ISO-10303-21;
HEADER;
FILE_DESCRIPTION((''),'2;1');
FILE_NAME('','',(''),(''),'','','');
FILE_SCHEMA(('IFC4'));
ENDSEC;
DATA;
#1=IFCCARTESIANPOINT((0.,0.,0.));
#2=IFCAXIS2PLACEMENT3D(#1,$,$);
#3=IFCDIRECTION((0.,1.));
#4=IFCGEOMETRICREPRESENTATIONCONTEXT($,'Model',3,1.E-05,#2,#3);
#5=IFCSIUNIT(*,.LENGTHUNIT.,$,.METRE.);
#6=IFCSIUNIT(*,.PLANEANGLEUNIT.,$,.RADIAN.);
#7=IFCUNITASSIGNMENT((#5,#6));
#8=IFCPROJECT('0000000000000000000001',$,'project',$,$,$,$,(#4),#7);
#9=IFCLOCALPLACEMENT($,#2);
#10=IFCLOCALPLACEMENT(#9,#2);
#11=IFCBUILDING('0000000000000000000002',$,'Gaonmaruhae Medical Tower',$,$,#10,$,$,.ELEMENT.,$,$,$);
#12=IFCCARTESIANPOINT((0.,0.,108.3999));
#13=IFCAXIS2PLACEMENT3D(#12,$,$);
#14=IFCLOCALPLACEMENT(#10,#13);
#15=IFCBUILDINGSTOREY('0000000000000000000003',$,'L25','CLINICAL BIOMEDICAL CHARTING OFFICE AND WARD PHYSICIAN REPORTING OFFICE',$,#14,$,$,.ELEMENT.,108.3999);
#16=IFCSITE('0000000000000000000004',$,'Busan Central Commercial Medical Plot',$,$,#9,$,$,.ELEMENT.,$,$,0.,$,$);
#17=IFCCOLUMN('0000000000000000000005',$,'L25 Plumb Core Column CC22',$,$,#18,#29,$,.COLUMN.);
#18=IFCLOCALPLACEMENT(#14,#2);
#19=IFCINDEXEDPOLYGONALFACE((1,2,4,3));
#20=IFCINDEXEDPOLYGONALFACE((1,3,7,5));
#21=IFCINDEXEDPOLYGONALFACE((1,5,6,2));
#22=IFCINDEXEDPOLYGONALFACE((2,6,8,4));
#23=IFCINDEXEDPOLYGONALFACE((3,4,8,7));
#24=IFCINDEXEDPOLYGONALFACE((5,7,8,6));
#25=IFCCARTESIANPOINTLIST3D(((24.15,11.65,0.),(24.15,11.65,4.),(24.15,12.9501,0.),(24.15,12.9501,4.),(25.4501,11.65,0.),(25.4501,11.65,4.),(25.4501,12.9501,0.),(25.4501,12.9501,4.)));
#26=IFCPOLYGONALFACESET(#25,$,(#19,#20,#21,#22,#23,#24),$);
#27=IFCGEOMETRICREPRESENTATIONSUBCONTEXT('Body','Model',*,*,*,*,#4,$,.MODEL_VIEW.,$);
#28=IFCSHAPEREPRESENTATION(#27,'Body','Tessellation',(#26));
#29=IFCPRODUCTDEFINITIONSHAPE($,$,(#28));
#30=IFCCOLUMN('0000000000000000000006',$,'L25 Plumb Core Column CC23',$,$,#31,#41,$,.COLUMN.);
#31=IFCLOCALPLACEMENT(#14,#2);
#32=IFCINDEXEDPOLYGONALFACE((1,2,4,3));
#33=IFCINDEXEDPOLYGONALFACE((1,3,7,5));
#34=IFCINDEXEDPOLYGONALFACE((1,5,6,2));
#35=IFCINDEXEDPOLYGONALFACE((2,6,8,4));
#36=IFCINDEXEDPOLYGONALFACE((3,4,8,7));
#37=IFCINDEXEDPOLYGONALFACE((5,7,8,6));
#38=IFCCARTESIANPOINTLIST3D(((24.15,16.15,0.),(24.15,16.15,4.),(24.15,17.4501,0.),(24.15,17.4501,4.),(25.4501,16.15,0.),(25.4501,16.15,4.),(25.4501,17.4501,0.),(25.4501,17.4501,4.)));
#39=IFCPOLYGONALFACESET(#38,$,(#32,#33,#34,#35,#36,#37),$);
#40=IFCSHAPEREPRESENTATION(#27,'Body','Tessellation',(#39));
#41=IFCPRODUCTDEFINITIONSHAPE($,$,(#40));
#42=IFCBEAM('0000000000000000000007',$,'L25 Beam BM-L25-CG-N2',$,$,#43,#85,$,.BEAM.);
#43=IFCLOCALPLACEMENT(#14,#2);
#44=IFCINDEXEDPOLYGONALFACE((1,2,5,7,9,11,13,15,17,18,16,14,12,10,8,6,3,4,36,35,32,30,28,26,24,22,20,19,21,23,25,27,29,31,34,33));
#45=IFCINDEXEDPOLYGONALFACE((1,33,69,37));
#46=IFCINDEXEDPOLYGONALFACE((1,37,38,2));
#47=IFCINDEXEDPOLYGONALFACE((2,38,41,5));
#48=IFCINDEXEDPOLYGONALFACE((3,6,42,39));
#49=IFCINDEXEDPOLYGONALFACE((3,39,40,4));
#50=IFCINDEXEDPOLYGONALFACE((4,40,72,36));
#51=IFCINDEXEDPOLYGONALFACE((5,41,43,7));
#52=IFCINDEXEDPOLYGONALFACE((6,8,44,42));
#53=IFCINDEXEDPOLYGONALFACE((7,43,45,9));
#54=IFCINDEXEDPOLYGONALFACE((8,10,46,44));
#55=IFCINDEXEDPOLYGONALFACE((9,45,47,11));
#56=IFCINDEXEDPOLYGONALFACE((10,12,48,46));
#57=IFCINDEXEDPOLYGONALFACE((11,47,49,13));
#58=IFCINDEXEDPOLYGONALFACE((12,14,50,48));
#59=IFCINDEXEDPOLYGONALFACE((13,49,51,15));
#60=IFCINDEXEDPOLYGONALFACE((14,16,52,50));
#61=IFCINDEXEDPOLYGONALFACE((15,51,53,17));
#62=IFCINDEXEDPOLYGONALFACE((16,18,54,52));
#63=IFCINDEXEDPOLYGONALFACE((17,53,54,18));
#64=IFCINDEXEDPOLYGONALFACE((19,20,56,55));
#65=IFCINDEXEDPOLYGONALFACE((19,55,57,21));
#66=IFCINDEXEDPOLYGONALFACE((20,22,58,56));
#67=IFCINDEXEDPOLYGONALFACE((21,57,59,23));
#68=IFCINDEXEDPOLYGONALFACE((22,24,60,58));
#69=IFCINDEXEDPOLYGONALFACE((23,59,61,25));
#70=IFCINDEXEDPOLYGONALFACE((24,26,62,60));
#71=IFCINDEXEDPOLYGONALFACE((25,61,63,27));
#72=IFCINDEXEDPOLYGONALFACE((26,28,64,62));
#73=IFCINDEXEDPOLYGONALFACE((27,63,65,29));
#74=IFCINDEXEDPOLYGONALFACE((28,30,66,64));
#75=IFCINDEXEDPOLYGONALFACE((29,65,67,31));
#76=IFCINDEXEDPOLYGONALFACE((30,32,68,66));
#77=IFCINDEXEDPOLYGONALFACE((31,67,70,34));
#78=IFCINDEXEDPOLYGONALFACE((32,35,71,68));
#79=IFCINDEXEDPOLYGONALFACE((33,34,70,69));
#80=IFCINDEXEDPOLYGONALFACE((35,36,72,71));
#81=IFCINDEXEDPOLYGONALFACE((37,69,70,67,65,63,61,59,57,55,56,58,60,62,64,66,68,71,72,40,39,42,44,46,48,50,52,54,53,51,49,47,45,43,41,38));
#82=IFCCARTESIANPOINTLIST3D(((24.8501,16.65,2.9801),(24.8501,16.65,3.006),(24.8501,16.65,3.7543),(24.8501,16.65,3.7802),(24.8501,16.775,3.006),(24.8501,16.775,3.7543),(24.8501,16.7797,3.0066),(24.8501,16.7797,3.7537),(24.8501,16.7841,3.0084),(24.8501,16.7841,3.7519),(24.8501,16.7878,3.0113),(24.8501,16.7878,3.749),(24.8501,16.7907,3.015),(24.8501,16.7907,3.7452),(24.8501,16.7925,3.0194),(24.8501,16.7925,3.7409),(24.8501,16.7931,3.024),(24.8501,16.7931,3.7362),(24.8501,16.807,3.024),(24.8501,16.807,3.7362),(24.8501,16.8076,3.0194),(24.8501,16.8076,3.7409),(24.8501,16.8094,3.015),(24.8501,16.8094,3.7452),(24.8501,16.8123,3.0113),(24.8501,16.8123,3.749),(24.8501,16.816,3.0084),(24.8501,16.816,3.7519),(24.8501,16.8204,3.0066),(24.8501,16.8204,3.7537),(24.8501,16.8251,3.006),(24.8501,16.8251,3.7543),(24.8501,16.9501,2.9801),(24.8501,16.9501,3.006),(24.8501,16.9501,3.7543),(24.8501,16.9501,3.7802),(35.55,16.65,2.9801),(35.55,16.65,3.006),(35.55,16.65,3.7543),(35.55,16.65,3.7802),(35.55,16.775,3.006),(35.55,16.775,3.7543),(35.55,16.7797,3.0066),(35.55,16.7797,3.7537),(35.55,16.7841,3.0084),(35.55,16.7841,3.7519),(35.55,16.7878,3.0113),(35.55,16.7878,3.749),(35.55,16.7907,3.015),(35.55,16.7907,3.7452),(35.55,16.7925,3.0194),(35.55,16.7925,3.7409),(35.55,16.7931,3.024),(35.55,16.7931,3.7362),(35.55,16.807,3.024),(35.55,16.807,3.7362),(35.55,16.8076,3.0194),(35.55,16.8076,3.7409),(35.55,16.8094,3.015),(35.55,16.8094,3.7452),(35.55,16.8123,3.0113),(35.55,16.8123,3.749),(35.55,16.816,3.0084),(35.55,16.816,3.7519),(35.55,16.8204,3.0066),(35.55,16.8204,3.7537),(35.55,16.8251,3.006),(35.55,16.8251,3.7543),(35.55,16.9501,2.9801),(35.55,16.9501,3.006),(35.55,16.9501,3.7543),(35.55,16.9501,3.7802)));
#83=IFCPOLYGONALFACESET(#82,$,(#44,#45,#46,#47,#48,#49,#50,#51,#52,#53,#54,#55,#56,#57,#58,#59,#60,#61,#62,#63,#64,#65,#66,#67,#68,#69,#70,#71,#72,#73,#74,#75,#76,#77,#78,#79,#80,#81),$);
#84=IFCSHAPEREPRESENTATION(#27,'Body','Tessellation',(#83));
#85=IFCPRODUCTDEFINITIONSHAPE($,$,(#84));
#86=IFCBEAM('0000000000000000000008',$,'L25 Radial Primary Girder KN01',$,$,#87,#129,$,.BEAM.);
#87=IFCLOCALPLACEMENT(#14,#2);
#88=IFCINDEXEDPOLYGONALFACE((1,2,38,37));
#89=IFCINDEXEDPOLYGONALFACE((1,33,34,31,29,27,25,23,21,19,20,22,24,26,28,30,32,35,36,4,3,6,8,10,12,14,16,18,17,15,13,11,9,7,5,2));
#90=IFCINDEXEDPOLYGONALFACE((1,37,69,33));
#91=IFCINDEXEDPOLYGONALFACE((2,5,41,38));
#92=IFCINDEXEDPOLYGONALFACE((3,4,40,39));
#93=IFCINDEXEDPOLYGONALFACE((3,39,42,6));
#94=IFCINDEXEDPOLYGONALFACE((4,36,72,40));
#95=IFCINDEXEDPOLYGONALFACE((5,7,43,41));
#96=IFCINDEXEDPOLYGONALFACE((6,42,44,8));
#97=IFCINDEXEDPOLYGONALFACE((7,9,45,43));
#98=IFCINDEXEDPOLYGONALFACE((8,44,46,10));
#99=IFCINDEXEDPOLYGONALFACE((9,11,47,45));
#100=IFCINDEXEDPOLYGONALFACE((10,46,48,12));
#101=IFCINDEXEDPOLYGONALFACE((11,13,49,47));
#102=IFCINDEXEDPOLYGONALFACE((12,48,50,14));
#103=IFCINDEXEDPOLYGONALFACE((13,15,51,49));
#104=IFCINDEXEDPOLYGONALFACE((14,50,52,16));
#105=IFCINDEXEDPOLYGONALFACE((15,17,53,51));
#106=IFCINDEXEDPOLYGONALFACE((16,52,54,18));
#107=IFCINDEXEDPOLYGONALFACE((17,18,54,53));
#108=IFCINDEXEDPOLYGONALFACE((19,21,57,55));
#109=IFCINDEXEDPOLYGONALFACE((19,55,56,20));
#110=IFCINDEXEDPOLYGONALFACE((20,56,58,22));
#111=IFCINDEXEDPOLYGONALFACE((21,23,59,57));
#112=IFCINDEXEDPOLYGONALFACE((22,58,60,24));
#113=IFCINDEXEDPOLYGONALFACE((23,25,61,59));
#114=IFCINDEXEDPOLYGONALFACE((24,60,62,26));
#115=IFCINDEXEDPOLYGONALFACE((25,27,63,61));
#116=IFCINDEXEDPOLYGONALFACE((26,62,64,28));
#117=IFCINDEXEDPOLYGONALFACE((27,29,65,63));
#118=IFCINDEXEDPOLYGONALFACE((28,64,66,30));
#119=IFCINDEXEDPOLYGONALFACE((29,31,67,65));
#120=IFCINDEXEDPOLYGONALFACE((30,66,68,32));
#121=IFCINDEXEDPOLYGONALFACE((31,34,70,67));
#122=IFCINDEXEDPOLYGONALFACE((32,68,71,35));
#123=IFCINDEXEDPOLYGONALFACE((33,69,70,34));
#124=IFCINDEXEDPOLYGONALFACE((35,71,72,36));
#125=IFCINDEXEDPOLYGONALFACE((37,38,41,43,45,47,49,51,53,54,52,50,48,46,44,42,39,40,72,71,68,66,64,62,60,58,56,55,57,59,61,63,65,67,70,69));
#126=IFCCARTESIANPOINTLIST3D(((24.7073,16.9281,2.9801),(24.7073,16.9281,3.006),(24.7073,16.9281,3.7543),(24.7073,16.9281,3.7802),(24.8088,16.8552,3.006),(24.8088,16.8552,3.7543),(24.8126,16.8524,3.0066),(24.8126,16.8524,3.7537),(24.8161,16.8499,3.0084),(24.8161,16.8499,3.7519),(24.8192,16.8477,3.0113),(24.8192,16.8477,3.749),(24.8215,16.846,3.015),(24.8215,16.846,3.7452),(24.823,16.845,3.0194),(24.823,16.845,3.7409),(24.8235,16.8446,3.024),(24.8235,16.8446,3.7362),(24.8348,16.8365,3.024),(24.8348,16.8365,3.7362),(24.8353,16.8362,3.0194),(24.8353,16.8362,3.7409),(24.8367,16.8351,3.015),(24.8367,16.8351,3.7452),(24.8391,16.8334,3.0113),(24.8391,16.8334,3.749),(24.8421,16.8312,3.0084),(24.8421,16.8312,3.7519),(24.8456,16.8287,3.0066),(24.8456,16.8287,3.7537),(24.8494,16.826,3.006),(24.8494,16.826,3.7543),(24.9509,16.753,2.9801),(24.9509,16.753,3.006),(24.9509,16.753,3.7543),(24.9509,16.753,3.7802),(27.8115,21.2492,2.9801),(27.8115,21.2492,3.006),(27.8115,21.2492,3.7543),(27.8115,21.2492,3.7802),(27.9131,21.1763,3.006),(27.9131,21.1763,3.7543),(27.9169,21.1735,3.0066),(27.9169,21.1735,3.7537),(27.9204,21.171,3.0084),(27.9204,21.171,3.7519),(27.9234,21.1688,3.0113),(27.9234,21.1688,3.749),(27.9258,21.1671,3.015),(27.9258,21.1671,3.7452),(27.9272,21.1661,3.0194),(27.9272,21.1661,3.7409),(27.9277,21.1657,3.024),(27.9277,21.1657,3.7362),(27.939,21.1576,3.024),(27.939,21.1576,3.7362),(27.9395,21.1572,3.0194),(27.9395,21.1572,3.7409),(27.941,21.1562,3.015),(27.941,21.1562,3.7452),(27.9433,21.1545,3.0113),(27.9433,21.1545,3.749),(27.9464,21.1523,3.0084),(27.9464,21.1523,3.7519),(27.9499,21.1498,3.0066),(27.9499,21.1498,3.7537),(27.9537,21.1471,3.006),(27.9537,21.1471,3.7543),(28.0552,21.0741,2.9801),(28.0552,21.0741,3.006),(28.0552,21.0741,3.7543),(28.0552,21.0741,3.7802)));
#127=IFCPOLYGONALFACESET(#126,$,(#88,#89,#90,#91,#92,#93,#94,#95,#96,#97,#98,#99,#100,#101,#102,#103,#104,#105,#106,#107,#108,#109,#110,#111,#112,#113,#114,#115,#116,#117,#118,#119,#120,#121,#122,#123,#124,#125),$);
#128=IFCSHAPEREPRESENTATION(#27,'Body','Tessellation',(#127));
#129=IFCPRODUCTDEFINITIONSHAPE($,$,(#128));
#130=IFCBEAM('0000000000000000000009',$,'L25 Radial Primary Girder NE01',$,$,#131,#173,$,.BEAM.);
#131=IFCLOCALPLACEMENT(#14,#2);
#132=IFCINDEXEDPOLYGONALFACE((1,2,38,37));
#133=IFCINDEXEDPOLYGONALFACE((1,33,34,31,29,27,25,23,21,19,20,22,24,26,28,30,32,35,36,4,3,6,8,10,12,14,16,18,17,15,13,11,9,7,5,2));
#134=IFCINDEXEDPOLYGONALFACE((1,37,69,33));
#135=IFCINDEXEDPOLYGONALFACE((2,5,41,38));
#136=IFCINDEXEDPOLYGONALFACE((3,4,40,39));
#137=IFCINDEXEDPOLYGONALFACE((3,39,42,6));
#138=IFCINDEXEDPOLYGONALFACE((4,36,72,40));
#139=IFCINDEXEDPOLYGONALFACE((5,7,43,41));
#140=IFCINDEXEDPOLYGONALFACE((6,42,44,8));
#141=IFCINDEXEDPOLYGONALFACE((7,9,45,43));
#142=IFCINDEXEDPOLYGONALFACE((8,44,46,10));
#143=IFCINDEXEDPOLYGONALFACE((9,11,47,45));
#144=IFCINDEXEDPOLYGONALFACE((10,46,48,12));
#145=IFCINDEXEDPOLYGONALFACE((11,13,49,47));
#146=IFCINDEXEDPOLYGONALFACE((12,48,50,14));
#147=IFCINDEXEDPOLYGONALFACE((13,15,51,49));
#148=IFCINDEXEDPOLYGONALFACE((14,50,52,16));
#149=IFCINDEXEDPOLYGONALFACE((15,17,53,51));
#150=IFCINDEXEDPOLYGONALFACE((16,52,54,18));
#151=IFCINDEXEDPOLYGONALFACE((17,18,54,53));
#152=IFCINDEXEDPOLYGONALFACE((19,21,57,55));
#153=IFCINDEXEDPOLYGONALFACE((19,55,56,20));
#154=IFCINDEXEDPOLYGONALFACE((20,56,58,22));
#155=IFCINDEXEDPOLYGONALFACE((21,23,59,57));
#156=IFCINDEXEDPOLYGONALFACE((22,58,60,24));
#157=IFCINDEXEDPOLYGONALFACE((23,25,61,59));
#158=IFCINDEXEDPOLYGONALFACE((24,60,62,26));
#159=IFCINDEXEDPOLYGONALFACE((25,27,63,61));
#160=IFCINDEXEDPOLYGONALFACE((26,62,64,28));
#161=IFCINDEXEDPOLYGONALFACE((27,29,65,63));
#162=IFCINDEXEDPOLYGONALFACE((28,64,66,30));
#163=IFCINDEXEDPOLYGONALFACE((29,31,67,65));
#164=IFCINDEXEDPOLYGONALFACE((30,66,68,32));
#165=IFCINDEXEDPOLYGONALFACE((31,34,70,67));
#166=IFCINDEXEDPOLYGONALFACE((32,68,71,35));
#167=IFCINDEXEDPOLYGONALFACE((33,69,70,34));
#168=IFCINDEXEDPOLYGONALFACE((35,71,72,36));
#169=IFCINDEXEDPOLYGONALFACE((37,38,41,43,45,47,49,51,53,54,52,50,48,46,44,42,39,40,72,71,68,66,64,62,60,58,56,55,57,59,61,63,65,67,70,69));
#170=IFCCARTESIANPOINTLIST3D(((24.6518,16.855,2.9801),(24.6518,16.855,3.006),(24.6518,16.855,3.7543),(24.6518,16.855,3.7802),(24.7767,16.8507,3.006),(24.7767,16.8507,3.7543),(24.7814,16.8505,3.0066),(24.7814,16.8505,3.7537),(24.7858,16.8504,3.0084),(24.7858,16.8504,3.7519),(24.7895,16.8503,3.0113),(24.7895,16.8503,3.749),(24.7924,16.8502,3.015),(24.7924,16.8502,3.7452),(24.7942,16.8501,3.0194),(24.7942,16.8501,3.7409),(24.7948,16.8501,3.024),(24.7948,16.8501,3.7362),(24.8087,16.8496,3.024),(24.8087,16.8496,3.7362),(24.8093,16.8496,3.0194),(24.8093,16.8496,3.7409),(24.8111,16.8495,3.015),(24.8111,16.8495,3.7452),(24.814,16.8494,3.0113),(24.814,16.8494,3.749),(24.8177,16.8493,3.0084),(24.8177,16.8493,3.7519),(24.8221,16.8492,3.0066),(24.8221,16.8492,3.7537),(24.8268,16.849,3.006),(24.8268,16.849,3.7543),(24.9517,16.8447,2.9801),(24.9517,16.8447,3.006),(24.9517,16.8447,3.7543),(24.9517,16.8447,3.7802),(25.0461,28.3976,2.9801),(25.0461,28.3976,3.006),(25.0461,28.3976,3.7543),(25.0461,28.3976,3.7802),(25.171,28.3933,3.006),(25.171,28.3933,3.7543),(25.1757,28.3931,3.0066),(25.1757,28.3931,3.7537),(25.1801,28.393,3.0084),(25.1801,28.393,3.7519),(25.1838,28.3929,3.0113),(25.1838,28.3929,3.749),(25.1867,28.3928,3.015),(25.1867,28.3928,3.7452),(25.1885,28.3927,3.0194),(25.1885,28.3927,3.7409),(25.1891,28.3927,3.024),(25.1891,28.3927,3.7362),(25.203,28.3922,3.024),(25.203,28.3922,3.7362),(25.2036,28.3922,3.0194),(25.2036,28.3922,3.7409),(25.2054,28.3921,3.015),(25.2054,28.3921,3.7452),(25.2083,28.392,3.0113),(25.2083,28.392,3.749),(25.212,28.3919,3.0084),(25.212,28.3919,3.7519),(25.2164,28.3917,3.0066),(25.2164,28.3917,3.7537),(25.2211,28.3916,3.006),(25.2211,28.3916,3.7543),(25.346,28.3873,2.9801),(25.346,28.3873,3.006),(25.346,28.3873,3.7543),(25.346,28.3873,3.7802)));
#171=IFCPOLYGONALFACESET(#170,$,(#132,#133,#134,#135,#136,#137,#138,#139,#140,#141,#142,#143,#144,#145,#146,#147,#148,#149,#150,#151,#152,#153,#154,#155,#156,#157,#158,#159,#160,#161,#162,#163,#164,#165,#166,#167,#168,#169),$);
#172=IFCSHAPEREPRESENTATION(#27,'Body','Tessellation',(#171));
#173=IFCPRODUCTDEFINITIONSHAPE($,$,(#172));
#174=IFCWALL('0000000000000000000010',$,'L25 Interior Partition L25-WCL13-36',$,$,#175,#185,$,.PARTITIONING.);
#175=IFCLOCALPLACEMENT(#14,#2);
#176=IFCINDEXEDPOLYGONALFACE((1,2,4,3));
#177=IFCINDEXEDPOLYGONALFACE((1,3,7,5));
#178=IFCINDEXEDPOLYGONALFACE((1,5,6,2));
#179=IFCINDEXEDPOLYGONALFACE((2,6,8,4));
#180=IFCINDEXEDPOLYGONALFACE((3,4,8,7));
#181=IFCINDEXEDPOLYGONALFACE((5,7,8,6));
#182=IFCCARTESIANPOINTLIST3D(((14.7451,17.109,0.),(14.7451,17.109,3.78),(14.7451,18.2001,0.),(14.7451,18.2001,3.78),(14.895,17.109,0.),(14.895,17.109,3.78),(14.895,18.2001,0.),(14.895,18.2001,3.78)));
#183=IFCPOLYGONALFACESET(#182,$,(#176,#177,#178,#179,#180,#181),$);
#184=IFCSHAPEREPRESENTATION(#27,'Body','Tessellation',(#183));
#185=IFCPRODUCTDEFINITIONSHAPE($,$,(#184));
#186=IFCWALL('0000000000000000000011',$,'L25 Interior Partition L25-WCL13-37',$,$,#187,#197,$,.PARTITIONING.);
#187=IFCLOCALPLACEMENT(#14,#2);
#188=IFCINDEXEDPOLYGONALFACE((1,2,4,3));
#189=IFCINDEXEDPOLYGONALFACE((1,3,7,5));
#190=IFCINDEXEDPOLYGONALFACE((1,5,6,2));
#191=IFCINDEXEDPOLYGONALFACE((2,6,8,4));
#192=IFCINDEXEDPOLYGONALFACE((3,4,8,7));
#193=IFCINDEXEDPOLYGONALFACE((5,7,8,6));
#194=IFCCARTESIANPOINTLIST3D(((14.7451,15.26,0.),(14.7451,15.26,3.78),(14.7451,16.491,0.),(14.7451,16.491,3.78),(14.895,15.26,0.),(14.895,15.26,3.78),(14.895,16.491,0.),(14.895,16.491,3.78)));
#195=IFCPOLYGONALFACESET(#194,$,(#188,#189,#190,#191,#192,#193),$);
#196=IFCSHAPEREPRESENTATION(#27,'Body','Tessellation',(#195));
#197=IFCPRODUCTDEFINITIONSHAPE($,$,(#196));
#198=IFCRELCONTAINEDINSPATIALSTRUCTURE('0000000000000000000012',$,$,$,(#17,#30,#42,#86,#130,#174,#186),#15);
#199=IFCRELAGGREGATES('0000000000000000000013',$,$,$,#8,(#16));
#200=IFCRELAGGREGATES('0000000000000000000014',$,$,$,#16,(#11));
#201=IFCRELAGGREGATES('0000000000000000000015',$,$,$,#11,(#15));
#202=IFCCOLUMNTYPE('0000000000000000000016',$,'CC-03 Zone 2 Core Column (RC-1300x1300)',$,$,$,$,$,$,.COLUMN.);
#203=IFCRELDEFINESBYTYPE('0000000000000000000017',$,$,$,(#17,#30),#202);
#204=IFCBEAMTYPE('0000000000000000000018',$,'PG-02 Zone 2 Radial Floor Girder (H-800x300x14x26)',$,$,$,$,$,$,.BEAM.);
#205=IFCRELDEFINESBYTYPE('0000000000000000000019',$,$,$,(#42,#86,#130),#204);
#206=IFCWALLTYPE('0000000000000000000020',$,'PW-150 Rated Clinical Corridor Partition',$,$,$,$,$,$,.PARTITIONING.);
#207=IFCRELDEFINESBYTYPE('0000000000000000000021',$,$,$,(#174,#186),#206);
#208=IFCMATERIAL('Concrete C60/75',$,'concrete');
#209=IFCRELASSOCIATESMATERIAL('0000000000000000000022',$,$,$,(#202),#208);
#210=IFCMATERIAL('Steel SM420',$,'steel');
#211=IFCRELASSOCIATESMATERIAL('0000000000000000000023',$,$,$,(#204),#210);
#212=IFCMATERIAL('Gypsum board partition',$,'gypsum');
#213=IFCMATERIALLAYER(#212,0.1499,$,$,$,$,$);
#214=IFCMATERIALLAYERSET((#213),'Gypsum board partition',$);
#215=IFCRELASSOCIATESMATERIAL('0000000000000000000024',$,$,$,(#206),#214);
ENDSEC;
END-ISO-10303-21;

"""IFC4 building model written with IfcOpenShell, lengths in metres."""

from ifc_helpers import new_model, si_unit, direction, frame, frame_2d, origin, origin_2d, place, context, subcontext, project, spatial, rectangle, i_section, extrude, material, layer, layer_set, material_profile, profile_set, type_object, element, save


model = new_model("IFC4")

# Units and contexts
model_context = context("Model", 3, precision=1e-05, world=origin(), true_north=direction((0.0, 1.0)))
body_context = subcontext(model_context, "Body", "Model", "MODEL_VIEW")
ifc_project = project(units=[si_unit("LENGTHUNIT", "METRE"), si_unit("PLANEANGLEUNIT", "RADIAN")], contexts=[model_context])

# Site, building, storey
site_placement = place(None, origin())
site = spatial("IfcSite", under=ifc_project, at=site_placement, Name="Busan Central Commercial Medical Plot", CompositionType="ELEMENT", RefElevation=0.0)
building_placement = place(site_placement, origin())
building = spatial("IfcBuilding", under=site, at=building_placement, Name="Gaonmaruhae Medical Tower", CompositionType="ELEMENT")
storey_placement = place(building_placement, frame((0.0, 0.0, 108.3999)))
storey = spatial("IfcBuildingStorey", under=building, at=storey_placement, Name="L25", Description="CLINICAL BIOMEDICAL CHARTING OFFICE AND WARD PHYSICIAN REPORTING OFFICE", CompositionType="ELEMENT", Elevation=108.3999)

# Columns
ifc_material_1 = material(Name="Concrete C60/75", Category="concrete")
ifc_material_profile_1 = material_profile(ifc_material_1, rectangle(XDim=1.3, YDim=1.3, at=origin_2d()), Name="RC-1300x1300")
ifc_profile_set_1 = profile_set([ifc_material_profile_1], Name="Concrete C60/75")
column_type = type_object("IfcColumnType", Name="CC-03 Zone 2 Core Column (RC-1300x1300)", PredefinedType="COLUMN", material=ifc_profile_set_1)
for number, where, z_axis, x_axis, name in (
    (1, (24.8, 12.3, 0.0), (0.0, 0.0, 1.0), (1.0, 0.0, 0.0), "L25 Plumb Core Column CC22"),
    (2, (24.8, 16.8, 0.0), (0.0, 0.0, 1.0), (1.0, 0.0, 0.0), "L25 Plumb Core Column CC23"),
):
    element("IfcColumn", number, at=place(storey_placement, frame(where, z_axis=z_axis, x_axis=x_axis)), inside=storey, type_object=column_type, Name=name, PredefinedType="COLUMN", context=body_context, shape_type="SweptSolid", body=[
        extrude(rectangle(XDim=1.3, YDim=1.3, at=origin_2d()), origin(), (0.0, 0.0, 1.0), 4.0),
    ])

# Beams
ifc_material_2 = material(Name="Steel SM420", Category="steel")
ifc_material_profile_2 = material_profile(ifc_material_2, i_section(OverallWidth=0.3, OverallDepth=0.8, WebThickness=0.0139, FlangeThickness=0.0259, FilletRadius=0.0181, at=origin_2d()), Name="H-800x300x14x26")
ifc_profile_set_2 = profile_set([ifc_material_profile_2], Name="Steel SM420")
beam_type = type_object("IfcBeamType", Name="PG-02 Zone 2 Radial Floor Girder (H-800x300x14x26)", PredefinedType="BEAM", material=ifc_profile_set_2)
beam_1_placement = place(storey_placement, frame((24.8501, 16.8, 3.3801), z_axis=(1.0, 0.0, 0.0), x_axis=(0.0, 1.0, 0.0)))
element("IfcBeam", 3, at=beam_1_placement, inside=storey, type_object=beam_type, Name="L25 Beam BM-L25-CG-N2", PredefinedType="BEAM", context=body_context, shape_type="SweptSolid", body=[
    extrude(i_section(OverallWidth=0.3, OverallDepth=0.8, WebThickness=0.0139, FlangeThickness=0.0259, FilletRadius=0.0181, at=origin_2d()), origin(), (0.0, 0.0, 1.0), 10.7),
])
beam_2_placement = place(storey_placement, frame((24.8291, 16.8406, 3.3801), z_axis=(0.58345, 0.812149, 0.0), x_axis=(-0.812149, 0.58345, 0.0)))
element("IfcBeam", 4, at=beam_2_placement, inside=storey, type_object=beam_type, Name="L25 Radial Primary Girder KN01", PredefinedType="BEAM", context=body_context, shape_type="SweptSolid", body=[
    extrude(i_section(OverallWidth=0.3, OverallDepth=0.8, WebThickness=0.0139, FlangeThickness=0.0259, FilletRadius=0.0181, at=origin_2d()), origin(), (0.0, 0.0, 1.0), 5.3206),
])
beam_3_placement = place(storey_placement, frame((24.8018, 16.8499, 3.3801), z_axis=(0.03414, 0.999417, 0.0), x_axis=(-0.999417, 0.03414, 0.0)))
element("IfcBeam", 5, at=beam_3_placement, inside=storey, type_object=beam_type, Name="L25 Radial Primary Girder NE01", PredefinedType="BEAM", context=body_context, shape_type="SweptSolid", body=[
    extrude(i_section(OverallWidth=0.3, OverallDepth=0.8, WebThickness=0.0139, FlangeThickness=0.0259, FilletRadius=0.0181, at=origin_2d()), origin(), (0.0, 0.0, 1.0), 11.5493),
])

# Walls
ifc_material_3 = material(Name="Gypsum board partition", Category="gypsum")
ifc_layer_1 = layer(ifc_material_3, 0.1499)
ifc_layer_set_1 = layer_set([ifc_layer_1], Name="Gypsum board partition")
wall_type_1 = type_object("IfcWallType", Name="PW-150 Rated Clinical Corridor Partition", PredefinedType="PARTITIONING", material=ifc_layer_set_1)
wall_1_placement = place(storey_placement, frame((14.8201, 18.2, 0.0), z_axis=(0.0, 0.0, 1.0), x_axis=(0.0, -1.0, 0.0)))
element("IfcWall", 6, at=wall_1_placement, inside=storey, type_object=wall_type_1, Name="L25 Interior Partition L25-WCL13-36", PredefinedType="PARTITIONING", context=body_context, shape_type="SweptSolid", body=[
    extrude(rectangle(XDim=1.0911, YDim=0.1499, at=frame_2d((0.5454, 0.0))), origin(), (0.0, 0.0, 1.0), 3.78),
])
wall_2_placement = place(storey_placement, frame((14.8201, 16.491, 0.0), z_axis=(0.0, 0.0, 1.0), x_axis=(0.0, -1.0, 0.0)))
element("IfcWall", 7, at=wall_2_placement, inside=storey, type_object=wall_type_1, Name="L25 Interior Partition L25-WCL13-37", PredefinedType="PARTITIONING", context=body_context, shape_type="SweptSolid", body=[
    extrude(rectangle(XDim=1.231, YDim=0.1499, at=frame_2d((0.6155, 0.0))), origin(), (0.0, 0.0, 1.0), 3.78),
])

save(model, "model.ifc")
